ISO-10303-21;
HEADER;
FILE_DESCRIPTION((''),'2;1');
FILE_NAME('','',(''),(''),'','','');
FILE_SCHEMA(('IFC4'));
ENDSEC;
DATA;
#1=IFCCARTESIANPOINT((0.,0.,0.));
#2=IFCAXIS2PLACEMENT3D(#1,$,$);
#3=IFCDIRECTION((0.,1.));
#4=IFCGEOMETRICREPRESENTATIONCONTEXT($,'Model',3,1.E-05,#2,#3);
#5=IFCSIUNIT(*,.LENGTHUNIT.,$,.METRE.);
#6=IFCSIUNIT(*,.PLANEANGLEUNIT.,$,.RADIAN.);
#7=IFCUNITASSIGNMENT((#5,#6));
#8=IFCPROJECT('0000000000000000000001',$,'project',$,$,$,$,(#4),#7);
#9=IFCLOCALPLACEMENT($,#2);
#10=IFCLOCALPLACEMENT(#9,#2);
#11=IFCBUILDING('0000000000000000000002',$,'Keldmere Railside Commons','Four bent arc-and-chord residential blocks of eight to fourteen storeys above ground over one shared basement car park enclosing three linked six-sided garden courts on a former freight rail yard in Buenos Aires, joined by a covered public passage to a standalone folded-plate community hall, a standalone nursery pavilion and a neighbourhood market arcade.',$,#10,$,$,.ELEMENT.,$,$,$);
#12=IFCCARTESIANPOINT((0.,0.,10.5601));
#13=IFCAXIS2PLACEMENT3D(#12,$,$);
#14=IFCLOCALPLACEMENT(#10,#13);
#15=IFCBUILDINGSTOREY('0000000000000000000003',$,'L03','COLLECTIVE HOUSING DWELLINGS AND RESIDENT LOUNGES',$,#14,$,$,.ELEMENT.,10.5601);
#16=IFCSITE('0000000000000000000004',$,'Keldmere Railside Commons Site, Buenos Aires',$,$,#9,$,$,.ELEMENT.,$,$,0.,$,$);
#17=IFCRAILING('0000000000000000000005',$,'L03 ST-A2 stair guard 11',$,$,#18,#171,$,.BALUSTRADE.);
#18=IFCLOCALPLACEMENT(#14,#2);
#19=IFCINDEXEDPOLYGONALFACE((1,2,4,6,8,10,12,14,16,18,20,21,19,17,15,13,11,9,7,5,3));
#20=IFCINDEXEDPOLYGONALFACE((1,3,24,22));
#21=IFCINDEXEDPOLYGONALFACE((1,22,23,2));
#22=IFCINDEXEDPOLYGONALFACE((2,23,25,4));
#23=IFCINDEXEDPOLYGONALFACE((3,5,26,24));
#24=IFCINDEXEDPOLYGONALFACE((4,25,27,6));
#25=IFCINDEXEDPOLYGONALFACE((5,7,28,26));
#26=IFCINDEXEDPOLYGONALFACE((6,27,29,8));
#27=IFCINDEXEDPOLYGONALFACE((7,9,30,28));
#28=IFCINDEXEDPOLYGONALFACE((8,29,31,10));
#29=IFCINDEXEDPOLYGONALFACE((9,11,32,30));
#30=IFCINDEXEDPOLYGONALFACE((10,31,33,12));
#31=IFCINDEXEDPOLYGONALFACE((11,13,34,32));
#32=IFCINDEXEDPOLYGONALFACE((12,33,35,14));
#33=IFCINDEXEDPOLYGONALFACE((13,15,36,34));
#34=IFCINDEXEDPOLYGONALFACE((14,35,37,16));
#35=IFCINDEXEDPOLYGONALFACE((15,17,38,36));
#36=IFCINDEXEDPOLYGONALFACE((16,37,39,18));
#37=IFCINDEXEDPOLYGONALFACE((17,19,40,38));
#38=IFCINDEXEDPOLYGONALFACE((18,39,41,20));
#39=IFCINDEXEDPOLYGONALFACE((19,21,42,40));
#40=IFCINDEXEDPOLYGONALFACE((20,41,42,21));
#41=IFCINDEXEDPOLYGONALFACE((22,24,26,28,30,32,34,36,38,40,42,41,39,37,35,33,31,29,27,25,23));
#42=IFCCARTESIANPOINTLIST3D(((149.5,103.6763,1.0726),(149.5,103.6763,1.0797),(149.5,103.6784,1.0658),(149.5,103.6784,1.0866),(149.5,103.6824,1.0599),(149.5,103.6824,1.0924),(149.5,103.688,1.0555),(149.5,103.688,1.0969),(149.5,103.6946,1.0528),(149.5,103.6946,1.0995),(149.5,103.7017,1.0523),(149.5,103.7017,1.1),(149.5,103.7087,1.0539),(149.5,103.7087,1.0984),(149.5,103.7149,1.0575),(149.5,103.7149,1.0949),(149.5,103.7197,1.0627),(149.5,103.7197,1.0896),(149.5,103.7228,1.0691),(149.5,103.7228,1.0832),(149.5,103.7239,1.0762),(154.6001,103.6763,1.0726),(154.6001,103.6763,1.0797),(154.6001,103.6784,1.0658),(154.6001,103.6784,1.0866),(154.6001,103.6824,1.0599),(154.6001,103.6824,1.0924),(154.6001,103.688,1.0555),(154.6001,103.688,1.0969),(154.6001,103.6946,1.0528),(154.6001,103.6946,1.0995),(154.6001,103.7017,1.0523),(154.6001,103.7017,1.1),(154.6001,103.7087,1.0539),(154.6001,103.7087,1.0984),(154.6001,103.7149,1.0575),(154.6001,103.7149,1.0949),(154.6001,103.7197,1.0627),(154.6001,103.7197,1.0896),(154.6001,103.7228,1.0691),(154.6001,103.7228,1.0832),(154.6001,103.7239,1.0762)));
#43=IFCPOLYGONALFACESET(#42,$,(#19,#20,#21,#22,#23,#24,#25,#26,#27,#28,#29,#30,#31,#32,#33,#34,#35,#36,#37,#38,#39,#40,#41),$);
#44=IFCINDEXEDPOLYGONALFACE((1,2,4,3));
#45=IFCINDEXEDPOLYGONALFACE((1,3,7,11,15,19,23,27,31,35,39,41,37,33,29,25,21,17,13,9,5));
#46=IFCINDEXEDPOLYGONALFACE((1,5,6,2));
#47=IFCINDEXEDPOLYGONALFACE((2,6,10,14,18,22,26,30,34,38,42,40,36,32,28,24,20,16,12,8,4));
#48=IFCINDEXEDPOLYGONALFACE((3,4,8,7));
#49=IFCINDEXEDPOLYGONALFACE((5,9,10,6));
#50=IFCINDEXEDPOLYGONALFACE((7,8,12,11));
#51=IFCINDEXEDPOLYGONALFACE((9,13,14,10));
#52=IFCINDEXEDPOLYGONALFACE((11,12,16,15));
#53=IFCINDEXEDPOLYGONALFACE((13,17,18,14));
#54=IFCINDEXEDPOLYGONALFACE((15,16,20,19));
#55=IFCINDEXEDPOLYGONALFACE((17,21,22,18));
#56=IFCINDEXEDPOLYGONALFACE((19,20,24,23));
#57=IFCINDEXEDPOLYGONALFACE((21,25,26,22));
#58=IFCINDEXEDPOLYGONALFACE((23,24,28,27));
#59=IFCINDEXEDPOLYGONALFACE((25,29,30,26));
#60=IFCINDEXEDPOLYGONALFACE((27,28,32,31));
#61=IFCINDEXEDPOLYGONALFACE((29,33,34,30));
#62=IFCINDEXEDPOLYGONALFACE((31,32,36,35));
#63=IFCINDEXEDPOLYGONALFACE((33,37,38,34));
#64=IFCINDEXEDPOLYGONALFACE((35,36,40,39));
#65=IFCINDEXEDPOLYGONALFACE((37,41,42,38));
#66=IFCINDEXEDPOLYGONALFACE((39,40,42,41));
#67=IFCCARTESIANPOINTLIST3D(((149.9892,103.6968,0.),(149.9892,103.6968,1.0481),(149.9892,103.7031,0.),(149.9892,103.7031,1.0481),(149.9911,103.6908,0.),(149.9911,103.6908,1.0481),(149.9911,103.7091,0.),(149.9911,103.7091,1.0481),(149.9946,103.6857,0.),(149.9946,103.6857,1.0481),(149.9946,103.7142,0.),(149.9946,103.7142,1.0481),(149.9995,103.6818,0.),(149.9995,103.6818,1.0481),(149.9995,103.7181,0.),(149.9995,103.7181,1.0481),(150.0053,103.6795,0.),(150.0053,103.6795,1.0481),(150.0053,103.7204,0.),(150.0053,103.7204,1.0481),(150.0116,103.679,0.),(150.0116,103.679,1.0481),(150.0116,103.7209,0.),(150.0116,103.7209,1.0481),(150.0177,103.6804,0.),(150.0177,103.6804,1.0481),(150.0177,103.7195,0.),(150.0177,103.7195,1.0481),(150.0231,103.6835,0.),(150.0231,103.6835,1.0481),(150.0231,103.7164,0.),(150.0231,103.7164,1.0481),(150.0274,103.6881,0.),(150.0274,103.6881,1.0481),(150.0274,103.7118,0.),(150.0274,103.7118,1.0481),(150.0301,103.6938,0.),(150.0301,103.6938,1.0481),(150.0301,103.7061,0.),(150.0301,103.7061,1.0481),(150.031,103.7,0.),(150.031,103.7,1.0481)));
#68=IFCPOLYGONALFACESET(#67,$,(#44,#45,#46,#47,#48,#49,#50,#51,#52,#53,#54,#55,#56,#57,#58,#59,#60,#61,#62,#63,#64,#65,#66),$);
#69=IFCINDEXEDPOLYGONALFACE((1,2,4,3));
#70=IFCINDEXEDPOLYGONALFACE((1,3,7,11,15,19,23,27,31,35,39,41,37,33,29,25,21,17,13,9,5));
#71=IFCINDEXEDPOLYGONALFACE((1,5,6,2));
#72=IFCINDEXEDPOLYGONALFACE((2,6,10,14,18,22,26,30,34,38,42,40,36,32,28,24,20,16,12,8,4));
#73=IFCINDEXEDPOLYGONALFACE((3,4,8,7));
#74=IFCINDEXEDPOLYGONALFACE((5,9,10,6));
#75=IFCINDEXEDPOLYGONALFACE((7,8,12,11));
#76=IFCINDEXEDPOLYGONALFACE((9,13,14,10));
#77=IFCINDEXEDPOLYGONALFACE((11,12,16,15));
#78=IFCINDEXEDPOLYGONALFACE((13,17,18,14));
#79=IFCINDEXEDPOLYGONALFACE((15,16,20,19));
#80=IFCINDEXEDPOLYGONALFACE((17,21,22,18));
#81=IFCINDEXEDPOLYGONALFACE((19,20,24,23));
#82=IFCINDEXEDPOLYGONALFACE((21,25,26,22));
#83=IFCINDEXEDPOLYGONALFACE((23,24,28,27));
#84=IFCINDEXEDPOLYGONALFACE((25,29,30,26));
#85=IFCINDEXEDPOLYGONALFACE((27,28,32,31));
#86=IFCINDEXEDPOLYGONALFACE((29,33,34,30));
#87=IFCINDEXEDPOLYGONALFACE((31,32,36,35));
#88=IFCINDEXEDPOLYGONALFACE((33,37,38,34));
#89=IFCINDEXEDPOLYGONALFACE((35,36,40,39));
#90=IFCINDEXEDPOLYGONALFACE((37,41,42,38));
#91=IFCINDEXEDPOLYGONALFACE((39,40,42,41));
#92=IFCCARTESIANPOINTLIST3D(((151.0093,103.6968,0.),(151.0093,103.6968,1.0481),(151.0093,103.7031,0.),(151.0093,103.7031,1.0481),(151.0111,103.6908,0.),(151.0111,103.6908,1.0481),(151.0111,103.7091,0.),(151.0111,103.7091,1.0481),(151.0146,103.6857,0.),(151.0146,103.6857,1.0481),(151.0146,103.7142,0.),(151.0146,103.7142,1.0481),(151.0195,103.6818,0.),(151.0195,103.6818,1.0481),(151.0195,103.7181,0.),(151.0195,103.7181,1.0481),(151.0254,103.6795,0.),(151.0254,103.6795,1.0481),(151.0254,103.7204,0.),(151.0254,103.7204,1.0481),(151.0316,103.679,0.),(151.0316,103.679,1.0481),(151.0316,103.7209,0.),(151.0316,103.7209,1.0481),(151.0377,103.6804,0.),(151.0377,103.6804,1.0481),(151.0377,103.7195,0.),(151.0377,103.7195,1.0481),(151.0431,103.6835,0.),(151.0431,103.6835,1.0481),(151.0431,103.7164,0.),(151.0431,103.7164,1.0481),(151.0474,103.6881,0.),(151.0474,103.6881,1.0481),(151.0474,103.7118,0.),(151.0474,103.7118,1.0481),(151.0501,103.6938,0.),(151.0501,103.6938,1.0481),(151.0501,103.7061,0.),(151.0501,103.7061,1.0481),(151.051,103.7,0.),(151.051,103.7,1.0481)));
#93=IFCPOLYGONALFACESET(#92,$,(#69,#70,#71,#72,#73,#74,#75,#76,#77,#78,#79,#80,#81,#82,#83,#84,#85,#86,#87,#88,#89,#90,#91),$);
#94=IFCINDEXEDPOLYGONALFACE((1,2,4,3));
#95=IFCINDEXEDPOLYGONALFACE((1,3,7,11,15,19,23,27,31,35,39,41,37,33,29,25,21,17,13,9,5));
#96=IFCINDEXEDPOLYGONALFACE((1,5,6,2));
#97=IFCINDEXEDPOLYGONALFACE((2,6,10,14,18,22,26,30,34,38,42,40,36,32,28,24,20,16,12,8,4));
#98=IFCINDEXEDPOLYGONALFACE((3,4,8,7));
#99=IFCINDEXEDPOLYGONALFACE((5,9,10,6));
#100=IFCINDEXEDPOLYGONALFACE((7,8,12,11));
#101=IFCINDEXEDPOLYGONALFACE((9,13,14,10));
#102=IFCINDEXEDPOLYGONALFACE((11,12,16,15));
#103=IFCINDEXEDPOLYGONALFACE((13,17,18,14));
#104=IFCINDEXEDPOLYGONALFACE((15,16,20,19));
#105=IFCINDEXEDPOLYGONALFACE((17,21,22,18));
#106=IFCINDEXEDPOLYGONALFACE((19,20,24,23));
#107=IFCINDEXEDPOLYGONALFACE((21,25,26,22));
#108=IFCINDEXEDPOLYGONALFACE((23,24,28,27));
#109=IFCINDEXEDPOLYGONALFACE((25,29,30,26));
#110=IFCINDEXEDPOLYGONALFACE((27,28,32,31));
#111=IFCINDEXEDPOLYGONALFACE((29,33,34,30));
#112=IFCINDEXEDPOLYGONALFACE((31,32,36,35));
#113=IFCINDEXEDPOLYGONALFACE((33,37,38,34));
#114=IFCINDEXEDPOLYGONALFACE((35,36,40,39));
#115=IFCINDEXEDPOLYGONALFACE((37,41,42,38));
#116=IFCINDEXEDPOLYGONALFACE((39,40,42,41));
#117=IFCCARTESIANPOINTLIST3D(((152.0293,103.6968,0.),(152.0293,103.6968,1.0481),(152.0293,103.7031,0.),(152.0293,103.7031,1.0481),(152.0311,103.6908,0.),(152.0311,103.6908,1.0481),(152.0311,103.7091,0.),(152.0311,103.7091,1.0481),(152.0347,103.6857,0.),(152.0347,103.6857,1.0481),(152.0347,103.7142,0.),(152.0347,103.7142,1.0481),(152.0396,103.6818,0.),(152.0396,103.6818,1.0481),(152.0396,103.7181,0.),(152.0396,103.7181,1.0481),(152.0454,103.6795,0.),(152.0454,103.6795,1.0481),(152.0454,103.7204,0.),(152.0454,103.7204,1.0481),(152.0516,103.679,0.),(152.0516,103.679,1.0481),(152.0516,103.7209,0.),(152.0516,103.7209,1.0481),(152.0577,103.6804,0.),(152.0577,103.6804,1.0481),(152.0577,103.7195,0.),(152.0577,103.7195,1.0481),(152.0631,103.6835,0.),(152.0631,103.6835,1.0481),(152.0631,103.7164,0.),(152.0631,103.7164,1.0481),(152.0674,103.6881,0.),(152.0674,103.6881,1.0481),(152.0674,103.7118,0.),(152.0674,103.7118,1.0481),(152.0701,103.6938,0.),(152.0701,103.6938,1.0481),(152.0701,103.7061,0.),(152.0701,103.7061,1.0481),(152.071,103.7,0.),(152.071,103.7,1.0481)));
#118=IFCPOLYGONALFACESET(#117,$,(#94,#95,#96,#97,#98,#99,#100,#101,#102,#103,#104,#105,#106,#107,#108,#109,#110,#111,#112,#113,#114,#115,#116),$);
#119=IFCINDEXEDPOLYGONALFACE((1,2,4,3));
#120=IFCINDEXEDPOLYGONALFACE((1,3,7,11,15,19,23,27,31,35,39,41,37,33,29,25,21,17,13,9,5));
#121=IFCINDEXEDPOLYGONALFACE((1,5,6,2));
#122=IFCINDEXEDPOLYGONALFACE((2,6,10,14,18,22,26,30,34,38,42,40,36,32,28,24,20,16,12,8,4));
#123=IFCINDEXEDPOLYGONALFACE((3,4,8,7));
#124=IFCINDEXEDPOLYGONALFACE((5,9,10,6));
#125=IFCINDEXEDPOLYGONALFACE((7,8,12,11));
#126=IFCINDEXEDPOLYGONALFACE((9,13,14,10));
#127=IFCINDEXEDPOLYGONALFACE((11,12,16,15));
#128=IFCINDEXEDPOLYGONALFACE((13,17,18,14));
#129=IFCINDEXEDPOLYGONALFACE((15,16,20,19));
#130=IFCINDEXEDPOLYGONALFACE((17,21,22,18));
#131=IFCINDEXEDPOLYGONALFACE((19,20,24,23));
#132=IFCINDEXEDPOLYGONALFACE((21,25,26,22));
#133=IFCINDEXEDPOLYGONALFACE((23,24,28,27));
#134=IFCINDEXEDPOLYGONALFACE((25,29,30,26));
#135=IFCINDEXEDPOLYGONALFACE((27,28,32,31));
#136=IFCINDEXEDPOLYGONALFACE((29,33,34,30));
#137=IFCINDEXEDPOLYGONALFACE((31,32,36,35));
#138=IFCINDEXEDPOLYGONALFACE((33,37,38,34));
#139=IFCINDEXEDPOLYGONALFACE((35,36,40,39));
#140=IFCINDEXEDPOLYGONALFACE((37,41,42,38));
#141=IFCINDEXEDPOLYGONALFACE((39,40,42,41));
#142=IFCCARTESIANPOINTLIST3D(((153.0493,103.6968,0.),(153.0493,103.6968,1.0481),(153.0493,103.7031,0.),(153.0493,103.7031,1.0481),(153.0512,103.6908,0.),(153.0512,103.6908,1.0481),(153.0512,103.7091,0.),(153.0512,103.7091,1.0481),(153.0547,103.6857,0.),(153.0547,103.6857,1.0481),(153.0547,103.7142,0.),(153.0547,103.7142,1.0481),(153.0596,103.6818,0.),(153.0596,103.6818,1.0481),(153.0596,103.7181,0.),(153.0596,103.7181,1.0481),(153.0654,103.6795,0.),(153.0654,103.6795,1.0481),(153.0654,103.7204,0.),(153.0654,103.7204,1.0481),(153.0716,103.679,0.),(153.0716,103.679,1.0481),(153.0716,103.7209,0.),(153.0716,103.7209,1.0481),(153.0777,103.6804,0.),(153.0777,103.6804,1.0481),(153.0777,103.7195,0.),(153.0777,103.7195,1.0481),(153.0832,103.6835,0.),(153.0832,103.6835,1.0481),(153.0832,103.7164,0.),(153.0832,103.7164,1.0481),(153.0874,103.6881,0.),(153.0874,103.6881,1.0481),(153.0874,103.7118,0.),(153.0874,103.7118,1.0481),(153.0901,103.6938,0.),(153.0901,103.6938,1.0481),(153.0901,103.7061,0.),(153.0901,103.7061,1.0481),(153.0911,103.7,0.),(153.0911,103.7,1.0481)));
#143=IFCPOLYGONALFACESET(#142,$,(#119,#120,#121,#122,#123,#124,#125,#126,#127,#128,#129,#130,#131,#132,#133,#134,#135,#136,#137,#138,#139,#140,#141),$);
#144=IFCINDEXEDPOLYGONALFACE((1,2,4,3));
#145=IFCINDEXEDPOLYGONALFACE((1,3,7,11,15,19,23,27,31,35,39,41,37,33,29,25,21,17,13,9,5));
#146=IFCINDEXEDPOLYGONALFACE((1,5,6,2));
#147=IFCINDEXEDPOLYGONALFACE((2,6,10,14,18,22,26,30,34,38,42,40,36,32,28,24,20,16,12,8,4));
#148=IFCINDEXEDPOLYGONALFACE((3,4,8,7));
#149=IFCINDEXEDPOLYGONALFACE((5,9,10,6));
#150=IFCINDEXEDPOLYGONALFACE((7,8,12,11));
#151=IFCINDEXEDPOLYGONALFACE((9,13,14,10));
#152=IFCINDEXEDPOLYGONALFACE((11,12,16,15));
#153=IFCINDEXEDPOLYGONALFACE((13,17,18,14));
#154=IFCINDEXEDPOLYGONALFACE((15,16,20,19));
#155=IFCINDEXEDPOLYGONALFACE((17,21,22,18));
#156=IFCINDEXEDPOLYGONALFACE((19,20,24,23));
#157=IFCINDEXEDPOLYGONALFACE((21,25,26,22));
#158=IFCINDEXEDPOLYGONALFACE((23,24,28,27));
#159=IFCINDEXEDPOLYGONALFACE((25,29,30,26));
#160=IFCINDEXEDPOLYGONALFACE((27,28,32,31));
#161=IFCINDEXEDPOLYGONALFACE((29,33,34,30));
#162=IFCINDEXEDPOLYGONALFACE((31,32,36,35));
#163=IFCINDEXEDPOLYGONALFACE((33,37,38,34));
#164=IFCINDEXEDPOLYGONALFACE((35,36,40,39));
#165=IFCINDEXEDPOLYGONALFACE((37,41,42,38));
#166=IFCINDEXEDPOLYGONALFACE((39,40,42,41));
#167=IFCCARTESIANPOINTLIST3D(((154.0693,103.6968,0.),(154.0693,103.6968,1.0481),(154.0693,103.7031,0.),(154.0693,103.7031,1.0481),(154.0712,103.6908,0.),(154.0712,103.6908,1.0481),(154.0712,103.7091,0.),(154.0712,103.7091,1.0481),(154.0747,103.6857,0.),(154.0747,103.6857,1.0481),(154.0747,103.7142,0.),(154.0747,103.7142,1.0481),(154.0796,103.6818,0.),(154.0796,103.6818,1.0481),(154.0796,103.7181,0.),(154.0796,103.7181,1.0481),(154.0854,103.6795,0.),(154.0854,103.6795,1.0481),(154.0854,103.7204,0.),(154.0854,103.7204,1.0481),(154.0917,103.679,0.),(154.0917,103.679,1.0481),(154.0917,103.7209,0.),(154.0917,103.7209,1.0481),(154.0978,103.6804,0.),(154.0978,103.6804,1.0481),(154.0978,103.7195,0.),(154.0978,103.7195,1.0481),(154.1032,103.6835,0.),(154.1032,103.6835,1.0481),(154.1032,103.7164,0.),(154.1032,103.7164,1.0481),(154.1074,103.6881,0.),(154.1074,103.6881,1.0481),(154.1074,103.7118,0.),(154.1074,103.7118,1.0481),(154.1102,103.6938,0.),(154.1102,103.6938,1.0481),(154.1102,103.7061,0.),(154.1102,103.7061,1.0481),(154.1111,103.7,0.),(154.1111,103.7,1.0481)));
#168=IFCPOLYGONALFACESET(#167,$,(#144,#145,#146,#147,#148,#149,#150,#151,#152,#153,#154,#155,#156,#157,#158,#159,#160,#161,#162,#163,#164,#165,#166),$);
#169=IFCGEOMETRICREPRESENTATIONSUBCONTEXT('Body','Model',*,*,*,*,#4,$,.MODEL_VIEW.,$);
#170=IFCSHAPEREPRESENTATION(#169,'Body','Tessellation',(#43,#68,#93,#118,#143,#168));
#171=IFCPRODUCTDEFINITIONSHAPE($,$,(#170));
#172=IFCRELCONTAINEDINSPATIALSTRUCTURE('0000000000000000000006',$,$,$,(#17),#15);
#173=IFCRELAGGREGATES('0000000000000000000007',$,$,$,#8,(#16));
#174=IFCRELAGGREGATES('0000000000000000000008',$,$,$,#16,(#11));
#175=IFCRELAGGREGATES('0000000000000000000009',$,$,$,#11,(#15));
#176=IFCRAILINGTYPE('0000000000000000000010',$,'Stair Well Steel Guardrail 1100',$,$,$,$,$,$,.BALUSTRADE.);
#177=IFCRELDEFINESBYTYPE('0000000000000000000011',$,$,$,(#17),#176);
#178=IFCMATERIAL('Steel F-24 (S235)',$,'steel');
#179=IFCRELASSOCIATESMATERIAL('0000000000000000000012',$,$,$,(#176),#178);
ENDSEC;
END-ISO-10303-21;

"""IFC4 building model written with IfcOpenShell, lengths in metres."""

from ifc_helpers import new_model, si_unit, direction, frame, origin, origin_2d, place, context, subcontext, project, spatial, circle, extrude, material, type_object, element, save


model = new_model("IFC4")

# Units and contexts
model_context = context("Model", 3, precision=1e-05, world=origin(), true_north=direction((0.0, 1.0)))
body_context = subcontext(model_context, "Body", "Model", "MODEL_VIEW")
ifc_project = project(units=[si_unit("LENGTHUNIT", "METRE"), si_unit("PLANEANGLEUNIT", "RADIAN")], contexts=[model_context])

# Site, building, storey
site_placement = place(None, origin())
site = spatial("IfcSite", under=ifc_project, at=site_placement, Name="Keldmere Railside Commons Site, Buenos Aires", CompositionType="ELEMENT", RefElevation=0.0)
building_placement = place(site_placement, origin())
building = spatial("IfcBuilding", under=site, at=building_placement, Name="Keldmere Railside Commons", Description="Four bent arc-and-chord residential blocks of eight to fourteen storeys above ground over one shared basement car park enclosing three linked six-sided garden courts on a former freight rail yard in Buenos Aires, joined by a covered public passage to a standalone folded-plate community hall, a standalone nursery pavilion and a neighbourhood market arcade.", CompositionType="ELEMENT")
storey_placement = place(building_placement, frame((0.0, 0.0, 10.5601)))
storey = spatial("IfcBuildingStorey", under=building, at=storey_placement, Name="L03", Description="COLLECTIVE HOUSING DWELLINGS AND RESIDENT LOUNGES", CompositionType="ELEMENT", Elevation=10.5601)

# Shared definitions
ifc_material_1 = material(Name="Steel F-24 (S235)", Category="steel")

# Railing
railing_type_1 = type_object("IfcRailingType", Name="Stair Well Steel Guardrail 1100", PredefinedType="BALUSTRADE", material=ifc_material_1)
railing_1_placement = place(storey_placement, frame((149.5, 103.7, 0.0)))
element("IfcRailing", 1, at=railing_1_placement, inside=storey, type_object=railing_type_1, Name="L03 ST-A2 stair guard 11", PredefinedType="BALUSTRADE", context=body_context, shape_type="SweptSolid", body=[
    extrude(circle(Radius=0.0239, at=origin_2d()), frame((0.0, 0.0, 1.0762), z_axis=(1.0, 0.0, 0.0), x_axis=(0.0, 1.0, 0.0)), (0.0, 0.0, 1.0), 5.1001),
    extrude(circle(Radius=0.021, at=origin_2d()), frame((0.51, 0.0, 0.0)), (0.0, 0.0, 1.0), 1.0481),
    extrude(circle(Radius=0.021, at=origin_2d()), frame((1.53, 0.0, 0.0)), (0.0, 0.0, 1.0), 1.0481),
    extrude(circle(Radius=0.021, at=origin_2d()), frame((2.55, 0.0, 0.0)), (0.0, 0.0, 1.0), 1.0481),
    extrude(circle(Radius=0.021, at=origin_2d()), frame((3.5701, 0.0, 0.0)), (0.0, 0.0, 1.0), 1.0481),
    extrude(circle(Radius=0.021, at=origin_2d()), frame((4.5901, 0.0, 0.0)), (0.0, 0.0, 1.0), 1.0481),
])

save(model, "model.ifc")
